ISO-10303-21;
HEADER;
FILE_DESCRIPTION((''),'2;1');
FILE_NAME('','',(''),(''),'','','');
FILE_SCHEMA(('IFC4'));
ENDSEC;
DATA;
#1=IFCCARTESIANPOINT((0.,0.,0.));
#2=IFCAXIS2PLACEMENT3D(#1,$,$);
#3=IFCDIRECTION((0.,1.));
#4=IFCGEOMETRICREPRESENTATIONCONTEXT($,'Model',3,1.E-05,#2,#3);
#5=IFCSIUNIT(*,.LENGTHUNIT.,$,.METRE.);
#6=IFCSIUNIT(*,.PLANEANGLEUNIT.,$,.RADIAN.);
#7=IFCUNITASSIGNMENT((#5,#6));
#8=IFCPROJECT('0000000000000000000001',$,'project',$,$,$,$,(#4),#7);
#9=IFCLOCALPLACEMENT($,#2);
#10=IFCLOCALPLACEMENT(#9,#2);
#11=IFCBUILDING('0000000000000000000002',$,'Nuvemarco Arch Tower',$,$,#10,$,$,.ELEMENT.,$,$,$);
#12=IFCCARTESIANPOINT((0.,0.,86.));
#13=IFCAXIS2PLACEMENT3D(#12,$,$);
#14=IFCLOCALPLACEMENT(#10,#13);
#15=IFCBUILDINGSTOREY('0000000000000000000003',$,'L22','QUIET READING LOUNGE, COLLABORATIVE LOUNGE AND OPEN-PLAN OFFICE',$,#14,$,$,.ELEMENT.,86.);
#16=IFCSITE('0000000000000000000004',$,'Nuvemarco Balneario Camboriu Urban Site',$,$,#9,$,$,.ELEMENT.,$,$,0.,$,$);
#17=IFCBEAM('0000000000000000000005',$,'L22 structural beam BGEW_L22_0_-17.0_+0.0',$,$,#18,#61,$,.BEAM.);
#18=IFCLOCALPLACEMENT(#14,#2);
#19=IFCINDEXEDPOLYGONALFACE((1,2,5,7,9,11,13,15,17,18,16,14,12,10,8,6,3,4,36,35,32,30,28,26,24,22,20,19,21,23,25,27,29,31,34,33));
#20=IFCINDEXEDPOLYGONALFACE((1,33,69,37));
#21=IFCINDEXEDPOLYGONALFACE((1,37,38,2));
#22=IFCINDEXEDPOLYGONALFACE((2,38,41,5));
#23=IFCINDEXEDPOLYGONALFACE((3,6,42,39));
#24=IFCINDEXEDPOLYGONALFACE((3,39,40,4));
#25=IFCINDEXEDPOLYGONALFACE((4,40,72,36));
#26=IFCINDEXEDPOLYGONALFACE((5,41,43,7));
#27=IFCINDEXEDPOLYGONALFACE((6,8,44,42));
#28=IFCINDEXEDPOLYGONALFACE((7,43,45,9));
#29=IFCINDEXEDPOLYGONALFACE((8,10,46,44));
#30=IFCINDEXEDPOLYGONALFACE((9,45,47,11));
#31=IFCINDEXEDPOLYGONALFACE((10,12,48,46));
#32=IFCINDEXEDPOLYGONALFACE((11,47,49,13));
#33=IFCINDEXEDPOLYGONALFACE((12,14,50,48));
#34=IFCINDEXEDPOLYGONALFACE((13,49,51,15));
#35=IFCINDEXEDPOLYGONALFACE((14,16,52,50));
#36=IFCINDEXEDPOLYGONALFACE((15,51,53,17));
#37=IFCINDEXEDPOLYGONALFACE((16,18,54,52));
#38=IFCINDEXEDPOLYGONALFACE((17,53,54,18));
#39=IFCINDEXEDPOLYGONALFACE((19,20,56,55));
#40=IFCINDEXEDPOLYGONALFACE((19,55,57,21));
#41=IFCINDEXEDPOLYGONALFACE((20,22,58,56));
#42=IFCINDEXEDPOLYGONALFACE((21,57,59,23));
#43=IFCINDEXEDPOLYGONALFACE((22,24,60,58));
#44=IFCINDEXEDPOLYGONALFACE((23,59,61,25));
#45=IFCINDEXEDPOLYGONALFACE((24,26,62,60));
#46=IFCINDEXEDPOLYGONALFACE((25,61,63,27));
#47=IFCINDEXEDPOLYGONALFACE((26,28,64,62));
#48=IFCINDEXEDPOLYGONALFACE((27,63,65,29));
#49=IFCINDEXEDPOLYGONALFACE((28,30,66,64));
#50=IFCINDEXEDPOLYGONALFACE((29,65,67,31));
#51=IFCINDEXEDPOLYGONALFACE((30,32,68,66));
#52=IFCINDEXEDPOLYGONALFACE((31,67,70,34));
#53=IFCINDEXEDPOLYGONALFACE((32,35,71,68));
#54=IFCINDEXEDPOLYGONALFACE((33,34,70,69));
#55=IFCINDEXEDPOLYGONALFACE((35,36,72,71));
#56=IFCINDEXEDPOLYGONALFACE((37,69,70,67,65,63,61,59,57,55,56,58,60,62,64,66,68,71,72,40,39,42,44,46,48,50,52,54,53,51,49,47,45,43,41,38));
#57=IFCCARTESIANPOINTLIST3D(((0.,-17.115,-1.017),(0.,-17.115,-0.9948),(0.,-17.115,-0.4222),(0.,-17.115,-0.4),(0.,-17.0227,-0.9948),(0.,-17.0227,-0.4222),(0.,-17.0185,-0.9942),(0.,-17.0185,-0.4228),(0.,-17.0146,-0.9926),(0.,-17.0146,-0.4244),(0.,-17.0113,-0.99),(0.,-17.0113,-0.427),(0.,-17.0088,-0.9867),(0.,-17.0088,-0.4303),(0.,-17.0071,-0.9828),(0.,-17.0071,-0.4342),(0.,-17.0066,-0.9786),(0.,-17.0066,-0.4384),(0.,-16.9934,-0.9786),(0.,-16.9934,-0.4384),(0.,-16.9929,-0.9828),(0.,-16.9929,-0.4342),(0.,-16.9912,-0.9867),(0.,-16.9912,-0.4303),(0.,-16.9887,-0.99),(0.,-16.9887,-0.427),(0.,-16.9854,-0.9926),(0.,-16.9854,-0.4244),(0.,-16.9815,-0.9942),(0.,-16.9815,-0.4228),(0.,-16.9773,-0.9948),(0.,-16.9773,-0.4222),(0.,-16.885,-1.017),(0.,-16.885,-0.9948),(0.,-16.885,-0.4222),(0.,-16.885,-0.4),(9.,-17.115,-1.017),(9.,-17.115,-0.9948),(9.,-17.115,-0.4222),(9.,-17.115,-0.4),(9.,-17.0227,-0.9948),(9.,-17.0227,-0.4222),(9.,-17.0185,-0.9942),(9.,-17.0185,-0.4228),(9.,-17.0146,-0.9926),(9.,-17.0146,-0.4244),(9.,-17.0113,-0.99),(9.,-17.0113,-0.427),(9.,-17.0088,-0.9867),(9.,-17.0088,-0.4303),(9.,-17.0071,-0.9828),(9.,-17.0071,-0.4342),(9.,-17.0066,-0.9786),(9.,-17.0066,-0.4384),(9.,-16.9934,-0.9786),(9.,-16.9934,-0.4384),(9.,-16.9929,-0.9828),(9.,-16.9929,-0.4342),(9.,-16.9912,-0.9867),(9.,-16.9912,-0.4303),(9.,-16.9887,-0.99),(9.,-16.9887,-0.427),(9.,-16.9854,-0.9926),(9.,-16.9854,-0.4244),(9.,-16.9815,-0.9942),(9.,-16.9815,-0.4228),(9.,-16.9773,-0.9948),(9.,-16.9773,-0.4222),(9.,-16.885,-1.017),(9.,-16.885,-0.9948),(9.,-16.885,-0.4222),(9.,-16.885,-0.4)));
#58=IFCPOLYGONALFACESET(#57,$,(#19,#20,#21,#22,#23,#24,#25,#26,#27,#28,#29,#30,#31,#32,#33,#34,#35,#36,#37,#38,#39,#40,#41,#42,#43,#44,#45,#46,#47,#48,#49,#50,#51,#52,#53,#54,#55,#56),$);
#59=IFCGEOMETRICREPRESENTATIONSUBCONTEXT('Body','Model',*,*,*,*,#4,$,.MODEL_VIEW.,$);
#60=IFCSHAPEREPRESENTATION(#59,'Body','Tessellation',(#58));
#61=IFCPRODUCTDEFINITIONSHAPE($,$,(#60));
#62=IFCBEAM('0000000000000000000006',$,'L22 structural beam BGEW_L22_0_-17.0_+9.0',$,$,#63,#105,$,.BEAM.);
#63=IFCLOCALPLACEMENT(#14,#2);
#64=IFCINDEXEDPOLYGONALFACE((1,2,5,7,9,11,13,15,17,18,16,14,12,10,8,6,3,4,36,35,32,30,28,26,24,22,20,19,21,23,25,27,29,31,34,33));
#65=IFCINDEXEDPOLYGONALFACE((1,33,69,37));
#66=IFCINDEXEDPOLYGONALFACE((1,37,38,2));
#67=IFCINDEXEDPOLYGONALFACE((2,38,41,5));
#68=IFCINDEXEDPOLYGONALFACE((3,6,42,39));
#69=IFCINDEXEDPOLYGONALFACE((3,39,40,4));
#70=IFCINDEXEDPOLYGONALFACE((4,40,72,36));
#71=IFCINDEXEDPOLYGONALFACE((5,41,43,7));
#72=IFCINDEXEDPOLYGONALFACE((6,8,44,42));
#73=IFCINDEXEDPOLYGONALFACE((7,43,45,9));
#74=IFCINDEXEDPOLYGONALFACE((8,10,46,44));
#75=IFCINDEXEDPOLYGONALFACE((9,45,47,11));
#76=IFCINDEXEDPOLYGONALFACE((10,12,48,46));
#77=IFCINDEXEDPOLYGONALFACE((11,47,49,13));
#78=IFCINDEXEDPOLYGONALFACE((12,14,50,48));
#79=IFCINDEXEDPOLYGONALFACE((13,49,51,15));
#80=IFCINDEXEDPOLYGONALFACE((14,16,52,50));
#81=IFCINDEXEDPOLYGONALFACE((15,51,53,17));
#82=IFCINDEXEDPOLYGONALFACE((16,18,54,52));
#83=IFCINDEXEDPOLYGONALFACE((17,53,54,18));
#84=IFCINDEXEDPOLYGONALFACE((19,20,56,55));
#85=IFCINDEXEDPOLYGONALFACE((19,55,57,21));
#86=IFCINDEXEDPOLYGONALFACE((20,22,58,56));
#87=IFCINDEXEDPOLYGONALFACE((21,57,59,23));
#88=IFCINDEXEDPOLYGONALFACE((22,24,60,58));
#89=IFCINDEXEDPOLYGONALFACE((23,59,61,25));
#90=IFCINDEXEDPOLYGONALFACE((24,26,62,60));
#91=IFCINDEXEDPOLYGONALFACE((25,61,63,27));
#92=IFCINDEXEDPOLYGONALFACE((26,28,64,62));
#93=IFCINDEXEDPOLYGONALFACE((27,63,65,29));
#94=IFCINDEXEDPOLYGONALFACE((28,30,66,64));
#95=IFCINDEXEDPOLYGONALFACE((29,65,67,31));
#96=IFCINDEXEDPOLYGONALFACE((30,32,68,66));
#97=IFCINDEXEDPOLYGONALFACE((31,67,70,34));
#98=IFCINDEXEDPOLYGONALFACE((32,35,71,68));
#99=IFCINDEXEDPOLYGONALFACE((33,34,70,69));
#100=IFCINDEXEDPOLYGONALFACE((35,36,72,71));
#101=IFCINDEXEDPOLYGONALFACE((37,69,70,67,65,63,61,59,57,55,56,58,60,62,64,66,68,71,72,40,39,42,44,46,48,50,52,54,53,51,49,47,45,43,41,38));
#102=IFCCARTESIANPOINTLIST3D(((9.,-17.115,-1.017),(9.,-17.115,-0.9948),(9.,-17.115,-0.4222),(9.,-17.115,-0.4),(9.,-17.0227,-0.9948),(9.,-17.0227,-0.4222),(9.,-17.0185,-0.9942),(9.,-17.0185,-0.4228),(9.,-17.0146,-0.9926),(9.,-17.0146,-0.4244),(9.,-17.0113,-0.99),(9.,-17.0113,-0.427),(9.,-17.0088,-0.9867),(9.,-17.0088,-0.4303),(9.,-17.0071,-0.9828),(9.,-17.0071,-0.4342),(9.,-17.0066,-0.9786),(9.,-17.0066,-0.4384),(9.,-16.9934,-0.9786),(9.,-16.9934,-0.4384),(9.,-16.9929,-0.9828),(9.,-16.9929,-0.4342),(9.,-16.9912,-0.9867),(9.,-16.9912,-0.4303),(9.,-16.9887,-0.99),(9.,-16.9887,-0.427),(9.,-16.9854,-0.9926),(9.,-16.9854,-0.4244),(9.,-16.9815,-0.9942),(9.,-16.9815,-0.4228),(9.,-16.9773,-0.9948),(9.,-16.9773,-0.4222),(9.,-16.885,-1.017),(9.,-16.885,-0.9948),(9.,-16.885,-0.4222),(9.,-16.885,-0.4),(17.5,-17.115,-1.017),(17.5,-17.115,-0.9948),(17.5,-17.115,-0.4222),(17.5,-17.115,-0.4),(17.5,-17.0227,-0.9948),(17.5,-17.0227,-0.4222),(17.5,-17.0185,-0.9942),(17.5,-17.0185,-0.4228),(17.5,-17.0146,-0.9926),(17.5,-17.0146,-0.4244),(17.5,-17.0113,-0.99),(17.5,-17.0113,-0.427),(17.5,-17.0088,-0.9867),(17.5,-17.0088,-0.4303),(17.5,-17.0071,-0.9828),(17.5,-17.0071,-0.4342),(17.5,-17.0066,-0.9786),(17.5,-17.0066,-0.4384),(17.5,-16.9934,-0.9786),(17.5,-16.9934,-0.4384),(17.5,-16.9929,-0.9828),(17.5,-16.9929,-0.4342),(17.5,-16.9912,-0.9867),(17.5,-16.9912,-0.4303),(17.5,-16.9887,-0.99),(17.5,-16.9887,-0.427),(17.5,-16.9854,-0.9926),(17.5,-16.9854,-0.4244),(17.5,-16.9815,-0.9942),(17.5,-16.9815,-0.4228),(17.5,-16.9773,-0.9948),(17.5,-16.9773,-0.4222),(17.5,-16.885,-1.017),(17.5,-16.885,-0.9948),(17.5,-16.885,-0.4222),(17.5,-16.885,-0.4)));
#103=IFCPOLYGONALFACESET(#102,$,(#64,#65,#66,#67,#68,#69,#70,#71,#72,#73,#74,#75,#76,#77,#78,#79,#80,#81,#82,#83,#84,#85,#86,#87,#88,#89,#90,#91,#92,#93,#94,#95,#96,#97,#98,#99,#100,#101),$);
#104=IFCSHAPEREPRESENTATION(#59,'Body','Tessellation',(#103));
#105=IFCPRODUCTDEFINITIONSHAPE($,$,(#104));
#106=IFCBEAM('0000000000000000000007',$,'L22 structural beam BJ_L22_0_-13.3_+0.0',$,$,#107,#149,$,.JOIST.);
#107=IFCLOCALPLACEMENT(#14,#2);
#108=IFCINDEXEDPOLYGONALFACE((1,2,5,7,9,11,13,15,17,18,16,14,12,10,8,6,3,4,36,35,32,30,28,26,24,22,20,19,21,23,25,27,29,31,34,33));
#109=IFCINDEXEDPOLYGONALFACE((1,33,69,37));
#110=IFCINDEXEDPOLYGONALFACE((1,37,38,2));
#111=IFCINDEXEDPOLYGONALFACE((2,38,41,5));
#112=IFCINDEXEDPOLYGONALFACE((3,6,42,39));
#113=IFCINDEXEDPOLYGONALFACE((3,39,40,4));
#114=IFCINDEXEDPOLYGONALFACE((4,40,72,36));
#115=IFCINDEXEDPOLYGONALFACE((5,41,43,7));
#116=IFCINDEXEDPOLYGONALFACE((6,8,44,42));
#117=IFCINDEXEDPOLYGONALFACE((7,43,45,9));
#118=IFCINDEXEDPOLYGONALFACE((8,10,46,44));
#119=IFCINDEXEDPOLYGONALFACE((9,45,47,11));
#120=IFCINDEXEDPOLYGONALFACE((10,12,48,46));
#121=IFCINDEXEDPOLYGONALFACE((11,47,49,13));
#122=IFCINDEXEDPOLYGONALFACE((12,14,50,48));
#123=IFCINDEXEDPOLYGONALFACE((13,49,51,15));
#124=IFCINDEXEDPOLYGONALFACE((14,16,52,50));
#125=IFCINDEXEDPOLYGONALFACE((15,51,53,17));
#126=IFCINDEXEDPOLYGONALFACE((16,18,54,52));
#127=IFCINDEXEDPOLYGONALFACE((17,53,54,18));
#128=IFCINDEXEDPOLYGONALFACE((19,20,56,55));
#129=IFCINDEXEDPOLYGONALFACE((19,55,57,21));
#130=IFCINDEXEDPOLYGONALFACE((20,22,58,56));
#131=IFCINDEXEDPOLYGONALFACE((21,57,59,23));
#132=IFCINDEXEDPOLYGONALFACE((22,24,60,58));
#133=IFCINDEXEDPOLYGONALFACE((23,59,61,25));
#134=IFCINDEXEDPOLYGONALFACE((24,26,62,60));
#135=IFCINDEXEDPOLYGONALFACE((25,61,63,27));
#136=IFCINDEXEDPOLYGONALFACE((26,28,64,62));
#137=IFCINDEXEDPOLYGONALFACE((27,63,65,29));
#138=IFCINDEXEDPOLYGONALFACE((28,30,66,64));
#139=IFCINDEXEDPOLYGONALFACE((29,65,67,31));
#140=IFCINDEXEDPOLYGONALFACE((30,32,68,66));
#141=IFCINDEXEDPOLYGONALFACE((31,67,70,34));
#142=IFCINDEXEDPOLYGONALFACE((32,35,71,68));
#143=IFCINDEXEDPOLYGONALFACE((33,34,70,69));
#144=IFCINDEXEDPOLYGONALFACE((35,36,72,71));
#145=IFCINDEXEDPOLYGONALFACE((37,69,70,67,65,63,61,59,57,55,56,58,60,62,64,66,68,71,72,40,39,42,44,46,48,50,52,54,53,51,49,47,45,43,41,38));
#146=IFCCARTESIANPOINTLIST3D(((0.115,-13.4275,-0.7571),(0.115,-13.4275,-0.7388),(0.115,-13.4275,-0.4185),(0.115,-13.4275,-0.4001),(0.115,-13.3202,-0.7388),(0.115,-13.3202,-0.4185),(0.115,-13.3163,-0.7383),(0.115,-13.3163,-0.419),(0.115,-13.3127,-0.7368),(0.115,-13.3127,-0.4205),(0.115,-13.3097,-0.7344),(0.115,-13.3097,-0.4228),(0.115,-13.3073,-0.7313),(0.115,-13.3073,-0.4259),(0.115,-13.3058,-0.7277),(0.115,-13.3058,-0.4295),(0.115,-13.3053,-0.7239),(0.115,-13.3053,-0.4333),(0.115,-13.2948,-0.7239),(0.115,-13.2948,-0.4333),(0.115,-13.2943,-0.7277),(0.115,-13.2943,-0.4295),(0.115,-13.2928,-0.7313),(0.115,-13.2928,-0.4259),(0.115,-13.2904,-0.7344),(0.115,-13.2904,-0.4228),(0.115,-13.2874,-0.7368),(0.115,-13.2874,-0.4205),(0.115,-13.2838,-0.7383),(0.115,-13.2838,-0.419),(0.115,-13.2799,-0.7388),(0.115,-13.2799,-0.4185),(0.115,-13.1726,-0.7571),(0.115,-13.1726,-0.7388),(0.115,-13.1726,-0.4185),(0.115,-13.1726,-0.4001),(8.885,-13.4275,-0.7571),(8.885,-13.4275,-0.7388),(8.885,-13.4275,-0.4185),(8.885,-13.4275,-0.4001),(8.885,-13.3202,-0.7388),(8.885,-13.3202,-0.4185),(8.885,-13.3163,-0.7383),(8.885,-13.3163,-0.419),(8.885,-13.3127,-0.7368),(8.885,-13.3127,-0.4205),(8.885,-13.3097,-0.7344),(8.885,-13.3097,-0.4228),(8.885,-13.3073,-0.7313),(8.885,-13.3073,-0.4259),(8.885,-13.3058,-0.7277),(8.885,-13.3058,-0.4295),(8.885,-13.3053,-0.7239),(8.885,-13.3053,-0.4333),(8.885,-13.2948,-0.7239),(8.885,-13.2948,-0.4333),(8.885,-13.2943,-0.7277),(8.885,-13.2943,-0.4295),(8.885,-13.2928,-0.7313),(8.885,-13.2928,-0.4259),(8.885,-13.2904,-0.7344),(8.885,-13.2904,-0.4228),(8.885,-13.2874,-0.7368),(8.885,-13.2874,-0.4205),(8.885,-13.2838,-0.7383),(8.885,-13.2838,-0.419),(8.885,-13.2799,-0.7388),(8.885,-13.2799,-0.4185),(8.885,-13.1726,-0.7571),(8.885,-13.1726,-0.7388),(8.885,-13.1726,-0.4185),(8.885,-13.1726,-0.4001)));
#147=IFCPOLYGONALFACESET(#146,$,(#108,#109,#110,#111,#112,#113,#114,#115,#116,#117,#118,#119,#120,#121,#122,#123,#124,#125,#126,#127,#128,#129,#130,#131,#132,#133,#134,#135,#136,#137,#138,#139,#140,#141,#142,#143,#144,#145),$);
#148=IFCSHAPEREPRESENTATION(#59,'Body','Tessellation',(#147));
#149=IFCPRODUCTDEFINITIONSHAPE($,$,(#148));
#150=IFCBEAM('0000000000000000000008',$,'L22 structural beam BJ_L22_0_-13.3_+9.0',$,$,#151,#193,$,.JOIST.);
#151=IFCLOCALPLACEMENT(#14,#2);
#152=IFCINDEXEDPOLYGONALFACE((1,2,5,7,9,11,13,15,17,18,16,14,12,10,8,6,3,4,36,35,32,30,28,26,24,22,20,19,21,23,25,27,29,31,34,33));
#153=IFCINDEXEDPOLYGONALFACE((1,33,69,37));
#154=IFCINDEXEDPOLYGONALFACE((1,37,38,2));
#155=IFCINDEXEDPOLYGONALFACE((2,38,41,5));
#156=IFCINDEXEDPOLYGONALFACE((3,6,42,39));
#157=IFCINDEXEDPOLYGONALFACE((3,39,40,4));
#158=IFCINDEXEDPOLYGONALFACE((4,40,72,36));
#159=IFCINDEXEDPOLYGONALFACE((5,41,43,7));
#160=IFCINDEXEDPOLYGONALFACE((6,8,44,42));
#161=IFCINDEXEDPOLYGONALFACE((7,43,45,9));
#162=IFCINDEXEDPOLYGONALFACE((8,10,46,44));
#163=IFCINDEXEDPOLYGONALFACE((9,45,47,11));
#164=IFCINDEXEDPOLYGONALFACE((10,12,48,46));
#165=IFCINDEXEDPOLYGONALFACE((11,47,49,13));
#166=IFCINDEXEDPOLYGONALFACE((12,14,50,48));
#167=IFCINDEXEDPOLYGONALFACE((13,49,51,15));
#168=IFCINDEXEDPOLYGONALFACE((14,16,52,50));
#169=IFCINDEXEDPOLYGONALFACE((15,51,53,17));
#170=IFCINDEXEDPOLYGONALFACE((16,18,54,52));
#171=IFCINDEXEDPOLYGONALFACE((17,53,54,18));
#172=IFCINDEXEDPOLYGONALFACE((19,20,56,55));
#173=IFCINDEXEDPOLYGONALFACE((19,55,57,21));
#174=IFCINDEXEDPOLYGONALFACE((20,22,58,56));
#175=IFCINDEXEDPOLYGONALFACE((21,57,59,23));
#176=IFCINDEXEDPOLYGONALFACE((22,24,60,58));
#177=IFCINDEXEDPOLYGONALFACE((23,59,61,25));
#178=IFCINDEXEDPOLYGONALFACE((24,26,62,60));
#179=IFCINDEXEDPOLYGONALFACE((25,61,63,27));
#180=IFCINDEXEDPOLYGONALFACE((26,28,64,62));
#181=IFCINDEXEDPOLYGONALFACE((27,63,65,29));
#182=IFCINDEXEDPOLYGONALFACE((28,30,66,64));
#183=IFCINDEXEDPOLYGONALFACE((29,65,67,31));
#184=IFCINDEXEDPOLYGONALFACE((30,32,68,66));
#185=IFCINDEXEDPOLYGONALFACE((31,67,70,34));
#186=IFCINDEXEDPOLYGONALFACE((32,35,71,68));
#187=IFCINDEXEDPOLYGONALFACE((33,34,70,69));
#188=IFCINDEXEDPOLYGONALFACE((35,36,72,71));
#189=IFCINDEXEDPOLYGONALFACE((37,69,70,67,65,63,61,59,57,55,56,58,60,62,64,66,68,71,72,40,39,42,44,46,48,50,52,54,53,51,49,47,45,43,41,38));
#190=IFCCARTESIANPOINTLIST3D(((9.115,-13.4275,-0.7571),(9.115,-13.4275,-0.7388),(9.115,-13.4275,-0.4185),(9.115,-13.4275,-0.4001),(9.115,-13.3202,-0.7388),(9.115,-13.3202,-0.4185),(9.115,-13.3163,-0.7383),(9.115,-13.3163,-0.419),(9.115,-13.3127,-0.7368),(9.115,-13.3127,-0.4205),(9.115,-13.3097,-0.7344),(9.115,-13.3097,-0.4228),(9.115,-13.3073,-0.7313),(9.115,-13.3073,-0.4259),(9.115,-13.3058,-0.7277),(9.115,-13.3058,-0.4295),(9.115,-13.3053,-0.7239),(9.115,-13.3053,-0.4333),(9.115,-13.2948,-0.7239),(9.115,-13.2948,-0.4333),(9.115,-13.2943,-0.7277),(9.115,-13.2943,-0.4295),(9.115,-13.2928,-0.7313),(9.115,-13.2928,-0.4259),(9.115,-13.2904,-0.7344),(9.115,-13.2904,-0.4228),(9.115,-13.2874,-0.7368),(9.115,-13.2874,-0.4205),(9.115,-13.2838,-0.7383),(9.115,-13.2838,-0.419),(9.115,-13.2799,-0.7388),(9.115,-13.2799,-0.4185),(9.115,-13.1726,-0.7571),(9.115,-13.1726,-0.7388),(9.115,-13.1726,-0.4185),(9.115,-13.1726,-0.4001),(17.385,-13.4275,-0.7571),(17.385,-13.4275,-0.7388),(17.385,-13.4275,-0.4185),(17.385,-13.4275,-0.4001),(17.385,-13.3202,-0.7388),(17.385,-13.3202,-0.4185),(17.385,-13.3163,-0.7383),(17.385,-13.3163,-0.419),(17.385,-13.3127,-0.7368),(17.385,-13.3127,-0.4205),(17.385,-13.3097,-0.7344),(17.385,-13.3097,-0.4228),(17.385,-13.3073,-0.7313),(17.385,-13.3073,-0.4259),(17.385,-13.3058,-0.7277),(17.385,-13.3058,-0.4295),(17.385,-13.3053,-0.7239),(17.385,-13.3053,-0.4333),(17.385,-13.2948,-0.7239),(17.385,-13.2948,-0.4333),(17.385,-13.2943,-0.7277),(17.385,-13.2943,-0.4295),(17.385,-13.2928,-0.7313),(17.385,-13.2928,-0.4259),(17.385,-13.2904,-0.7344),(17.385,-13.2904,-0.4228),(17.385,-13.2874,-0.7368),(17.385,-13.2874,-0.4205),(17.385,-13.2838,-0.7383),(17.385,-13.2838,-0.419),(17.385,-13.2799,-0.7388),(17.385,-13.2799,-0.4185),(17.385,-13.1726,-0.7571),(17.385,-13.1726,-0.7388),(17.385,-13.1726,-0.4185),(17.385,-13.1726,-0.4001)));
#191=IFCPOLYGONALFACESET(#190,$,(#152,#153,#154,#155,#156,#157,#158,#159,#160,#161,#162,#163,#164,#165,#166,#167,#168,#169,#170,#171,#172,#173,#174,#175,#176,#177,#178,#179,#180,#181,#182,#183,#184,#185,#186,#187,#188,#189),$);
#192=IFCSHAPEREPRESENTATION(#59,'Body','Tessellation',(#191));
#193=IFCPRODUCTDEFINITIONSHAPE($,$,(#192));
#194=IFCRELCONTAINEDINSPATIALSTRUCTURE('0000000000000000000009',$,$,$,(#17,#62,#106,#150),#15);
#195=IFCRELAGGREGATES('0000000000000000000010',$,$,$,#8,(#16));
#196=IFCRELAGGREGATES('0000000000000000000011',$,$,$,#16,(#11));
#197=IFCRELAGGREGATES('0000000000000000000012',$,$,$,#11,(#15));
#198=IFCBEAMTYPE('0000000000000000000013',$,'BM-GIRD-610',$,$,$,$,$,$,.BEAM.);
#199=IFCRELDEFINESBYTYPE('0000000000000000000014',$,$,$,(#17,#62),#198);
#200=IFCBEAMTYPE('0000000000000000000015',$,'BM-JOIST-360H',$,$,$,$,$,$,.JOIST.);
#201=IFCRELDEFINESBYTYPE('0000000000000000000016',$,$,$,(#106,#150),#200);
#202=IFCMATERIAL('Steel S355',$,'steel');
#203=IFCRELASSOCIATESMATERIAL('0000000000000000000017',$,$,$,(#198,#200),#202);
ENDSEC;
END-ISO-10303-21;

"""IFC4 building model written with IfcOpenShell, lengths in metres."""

from ifc_helpers import new_model, si_unit, direction, frame, origin, origin_2d, place, context, subcontext, project, spatial, i_section, extrude, material, material_profile, profile_set, type_object, element, save


model = new_model("IFC4")

# Units and contexts
model_context = context("Model", 3, precision=1e-05, world=origin(), true_north=direction((0.0, 1.0)))
body_context = subcontext(model_context, "Body", "Model", "MODEL_VIEW")
ifc_project = project(units=[si_unit("LENGTHUNIT", "METRE"), si_unit("PLANEANGLEUNIT", "RADIAN")], contexts=[model_context])

# Site, building, storey
site_placement = place(None, origin())
site = spatial("IfcSite", under=ifc_project, at=site_placement, Name="Nuvemarco Balneario Camboriu Urban Site", CompositionType="ELEMENT", RefElevation=0.0)
building_placement = place(site_placement, origin())
building = spatial("IfcBuilding", under=site, at=building_placement, Name="Nuvemarco Arch Tower", CompositionType="ELEMENT")
storey_placement = place(building_placement, frame((0.0, 0.0, 86.0)))
storey = spatial("IfcBuildingStorey", under=building, at=storey_placement, Name="L22", Description="QUIET READING LOUNGE, COLLABORATIVE LOUNGE AND OPEN-PLAN OFFICE", CompositionType="ELEMENT", Elevation=86.0)

# Shared definitions
ifc_material_1 = material(Name="Steel S355", Category="steel")

# Beams
ifc_material_profile_1 = material_profile(ifc_material_1, i_section(OverallWidth=0.23, OverallDepth=0.6169, WebThickness=0.0132, FlangeThickness=0.0222, FilletRadius=0.0161, at=origin_2d()), Name="W610x140")
ifc_profile_set_1 = profile_set([ifc_material_profile_1], Name="Steel S355")
beam_type_1 = type_object("IfcBeamType", Name="BM-GIRD-610", PredefinedType="BEAM", material=ifc_profile_set_1)
for number, where, z_axis, x_axis, name in (
    (1, (0.0, -17.0, -0.7085), (1.0, 0.0, 0.0), (0.0, 1.0, 0.0), "L22 structural beam BGEW_L22_0_-17.0_+0.0"),
):
    element("IfcBeam", number, at=place(storey_placement, frame(where, z_axis=z_axis, x_axis=x_axis)), inside=storey, type_object=beam_type_1, Name=name, PredefinedType="BEAM", context=body_context, shape_type="SweptSolid", body=[
        extrude(i_section(OverallWidth=0.23, OverallDepth=0.6169, WebThickness=0.0132, FlangeThickness=0.0222, FilletRadius=0.0161, at=origin_2d()), origin(), (0.0, 0.0, 1.0), 9.0),
    ])
beam_1_placement = place(storey_placement, frame((9.0, -17.0, -0.7085), z_axis=(1.0, 0.0, 0.0), x_axis=(0.0, 1.0, 0.0)))
element("IfcBeam", 2, at=beam_1_placement, inside=storey, type_object=beam_type_1, Name="L22 structural beam BGEW_L22_0_-17.0_+9.0", PredefinedType="BEAM", context=body_context, shape_type="SweptSolid", body=[
    extrude(i_section(OverallWidth=0.23, OverallDepth=0.6169, WebThickness=0.0132, FlangeThickness=0.0222, FilletRadius=0.0161, at=origin_2d()), origin(), (0.0, 0.0, 1.0), 8.5),
])
ifc_material_profile_2 = material_profile(ifc_material_1, i_section(OverallWidth=0.2549, OverallDepth=0.3569, WebThickness=0.0105, FlangeThickness=0.0183, FilletRadius=0.0149, at=origin_2d()), Name="W360x101")
ifc_profile_set_2 = profile_set([ifc_material_profile_2], Name="Steel S355")
beam_type_2 = type_object("IfcBeamType", Name="BM-JOIST-360H", PredefinedType="JOIST", material=ifc_profile_set_2)
beam_2_placement = place(storey_placement, frame((0.115, -13.3, -0.5786), z_axis=(1.0, 0.0, 0.0), x_axis=(0.0, 1.0, 0.0)))
element("IfcBeam", 3, at=beam_2_placement, inside=storey, type_object=beam_type_2, Name="L22 structural beam BJ_L22_0_-13.3_+0.0", PredefinedType="JOIST", context=body_context, shape_type="SweptSolid", body=[
    extrude(i_section(OverallWidth=0.2549, OverallDepth=0.3569, WebThickness=0.0105, FlangeThickness=0.0183, FilletRadius=0.0149, at=origin_2d()), origin(), (0.0, 0.0, 1.0), 8.77),
])
beam_3_placement = place(storey_placement, frame((9.115, -13.3, -0.5786), z_axis=(1.0, 0.0, 0.0), x_axis=(0.0, 1.0, 0.0)))
element("IfcBeam", 4, at=beam_3_placement, inside=storey, type_object=beam_type_2, Name="L22 structural beam BJ_L22_0_-13.3_+9.0", PredefinedType="JOIST", context=body_context, shape_type="SweptSolid", body=[
    extrude(i_section(OverallWidth=0.2549, OverallDepth=0.3569, WebThickness=0.0105, FlangeThickness=0.0183, FilletRadius=0.0149, at=origin_2d()), origin(), (0.0, 0.0, 1.0), 8.27),
])

save(model, "model.ifc")
